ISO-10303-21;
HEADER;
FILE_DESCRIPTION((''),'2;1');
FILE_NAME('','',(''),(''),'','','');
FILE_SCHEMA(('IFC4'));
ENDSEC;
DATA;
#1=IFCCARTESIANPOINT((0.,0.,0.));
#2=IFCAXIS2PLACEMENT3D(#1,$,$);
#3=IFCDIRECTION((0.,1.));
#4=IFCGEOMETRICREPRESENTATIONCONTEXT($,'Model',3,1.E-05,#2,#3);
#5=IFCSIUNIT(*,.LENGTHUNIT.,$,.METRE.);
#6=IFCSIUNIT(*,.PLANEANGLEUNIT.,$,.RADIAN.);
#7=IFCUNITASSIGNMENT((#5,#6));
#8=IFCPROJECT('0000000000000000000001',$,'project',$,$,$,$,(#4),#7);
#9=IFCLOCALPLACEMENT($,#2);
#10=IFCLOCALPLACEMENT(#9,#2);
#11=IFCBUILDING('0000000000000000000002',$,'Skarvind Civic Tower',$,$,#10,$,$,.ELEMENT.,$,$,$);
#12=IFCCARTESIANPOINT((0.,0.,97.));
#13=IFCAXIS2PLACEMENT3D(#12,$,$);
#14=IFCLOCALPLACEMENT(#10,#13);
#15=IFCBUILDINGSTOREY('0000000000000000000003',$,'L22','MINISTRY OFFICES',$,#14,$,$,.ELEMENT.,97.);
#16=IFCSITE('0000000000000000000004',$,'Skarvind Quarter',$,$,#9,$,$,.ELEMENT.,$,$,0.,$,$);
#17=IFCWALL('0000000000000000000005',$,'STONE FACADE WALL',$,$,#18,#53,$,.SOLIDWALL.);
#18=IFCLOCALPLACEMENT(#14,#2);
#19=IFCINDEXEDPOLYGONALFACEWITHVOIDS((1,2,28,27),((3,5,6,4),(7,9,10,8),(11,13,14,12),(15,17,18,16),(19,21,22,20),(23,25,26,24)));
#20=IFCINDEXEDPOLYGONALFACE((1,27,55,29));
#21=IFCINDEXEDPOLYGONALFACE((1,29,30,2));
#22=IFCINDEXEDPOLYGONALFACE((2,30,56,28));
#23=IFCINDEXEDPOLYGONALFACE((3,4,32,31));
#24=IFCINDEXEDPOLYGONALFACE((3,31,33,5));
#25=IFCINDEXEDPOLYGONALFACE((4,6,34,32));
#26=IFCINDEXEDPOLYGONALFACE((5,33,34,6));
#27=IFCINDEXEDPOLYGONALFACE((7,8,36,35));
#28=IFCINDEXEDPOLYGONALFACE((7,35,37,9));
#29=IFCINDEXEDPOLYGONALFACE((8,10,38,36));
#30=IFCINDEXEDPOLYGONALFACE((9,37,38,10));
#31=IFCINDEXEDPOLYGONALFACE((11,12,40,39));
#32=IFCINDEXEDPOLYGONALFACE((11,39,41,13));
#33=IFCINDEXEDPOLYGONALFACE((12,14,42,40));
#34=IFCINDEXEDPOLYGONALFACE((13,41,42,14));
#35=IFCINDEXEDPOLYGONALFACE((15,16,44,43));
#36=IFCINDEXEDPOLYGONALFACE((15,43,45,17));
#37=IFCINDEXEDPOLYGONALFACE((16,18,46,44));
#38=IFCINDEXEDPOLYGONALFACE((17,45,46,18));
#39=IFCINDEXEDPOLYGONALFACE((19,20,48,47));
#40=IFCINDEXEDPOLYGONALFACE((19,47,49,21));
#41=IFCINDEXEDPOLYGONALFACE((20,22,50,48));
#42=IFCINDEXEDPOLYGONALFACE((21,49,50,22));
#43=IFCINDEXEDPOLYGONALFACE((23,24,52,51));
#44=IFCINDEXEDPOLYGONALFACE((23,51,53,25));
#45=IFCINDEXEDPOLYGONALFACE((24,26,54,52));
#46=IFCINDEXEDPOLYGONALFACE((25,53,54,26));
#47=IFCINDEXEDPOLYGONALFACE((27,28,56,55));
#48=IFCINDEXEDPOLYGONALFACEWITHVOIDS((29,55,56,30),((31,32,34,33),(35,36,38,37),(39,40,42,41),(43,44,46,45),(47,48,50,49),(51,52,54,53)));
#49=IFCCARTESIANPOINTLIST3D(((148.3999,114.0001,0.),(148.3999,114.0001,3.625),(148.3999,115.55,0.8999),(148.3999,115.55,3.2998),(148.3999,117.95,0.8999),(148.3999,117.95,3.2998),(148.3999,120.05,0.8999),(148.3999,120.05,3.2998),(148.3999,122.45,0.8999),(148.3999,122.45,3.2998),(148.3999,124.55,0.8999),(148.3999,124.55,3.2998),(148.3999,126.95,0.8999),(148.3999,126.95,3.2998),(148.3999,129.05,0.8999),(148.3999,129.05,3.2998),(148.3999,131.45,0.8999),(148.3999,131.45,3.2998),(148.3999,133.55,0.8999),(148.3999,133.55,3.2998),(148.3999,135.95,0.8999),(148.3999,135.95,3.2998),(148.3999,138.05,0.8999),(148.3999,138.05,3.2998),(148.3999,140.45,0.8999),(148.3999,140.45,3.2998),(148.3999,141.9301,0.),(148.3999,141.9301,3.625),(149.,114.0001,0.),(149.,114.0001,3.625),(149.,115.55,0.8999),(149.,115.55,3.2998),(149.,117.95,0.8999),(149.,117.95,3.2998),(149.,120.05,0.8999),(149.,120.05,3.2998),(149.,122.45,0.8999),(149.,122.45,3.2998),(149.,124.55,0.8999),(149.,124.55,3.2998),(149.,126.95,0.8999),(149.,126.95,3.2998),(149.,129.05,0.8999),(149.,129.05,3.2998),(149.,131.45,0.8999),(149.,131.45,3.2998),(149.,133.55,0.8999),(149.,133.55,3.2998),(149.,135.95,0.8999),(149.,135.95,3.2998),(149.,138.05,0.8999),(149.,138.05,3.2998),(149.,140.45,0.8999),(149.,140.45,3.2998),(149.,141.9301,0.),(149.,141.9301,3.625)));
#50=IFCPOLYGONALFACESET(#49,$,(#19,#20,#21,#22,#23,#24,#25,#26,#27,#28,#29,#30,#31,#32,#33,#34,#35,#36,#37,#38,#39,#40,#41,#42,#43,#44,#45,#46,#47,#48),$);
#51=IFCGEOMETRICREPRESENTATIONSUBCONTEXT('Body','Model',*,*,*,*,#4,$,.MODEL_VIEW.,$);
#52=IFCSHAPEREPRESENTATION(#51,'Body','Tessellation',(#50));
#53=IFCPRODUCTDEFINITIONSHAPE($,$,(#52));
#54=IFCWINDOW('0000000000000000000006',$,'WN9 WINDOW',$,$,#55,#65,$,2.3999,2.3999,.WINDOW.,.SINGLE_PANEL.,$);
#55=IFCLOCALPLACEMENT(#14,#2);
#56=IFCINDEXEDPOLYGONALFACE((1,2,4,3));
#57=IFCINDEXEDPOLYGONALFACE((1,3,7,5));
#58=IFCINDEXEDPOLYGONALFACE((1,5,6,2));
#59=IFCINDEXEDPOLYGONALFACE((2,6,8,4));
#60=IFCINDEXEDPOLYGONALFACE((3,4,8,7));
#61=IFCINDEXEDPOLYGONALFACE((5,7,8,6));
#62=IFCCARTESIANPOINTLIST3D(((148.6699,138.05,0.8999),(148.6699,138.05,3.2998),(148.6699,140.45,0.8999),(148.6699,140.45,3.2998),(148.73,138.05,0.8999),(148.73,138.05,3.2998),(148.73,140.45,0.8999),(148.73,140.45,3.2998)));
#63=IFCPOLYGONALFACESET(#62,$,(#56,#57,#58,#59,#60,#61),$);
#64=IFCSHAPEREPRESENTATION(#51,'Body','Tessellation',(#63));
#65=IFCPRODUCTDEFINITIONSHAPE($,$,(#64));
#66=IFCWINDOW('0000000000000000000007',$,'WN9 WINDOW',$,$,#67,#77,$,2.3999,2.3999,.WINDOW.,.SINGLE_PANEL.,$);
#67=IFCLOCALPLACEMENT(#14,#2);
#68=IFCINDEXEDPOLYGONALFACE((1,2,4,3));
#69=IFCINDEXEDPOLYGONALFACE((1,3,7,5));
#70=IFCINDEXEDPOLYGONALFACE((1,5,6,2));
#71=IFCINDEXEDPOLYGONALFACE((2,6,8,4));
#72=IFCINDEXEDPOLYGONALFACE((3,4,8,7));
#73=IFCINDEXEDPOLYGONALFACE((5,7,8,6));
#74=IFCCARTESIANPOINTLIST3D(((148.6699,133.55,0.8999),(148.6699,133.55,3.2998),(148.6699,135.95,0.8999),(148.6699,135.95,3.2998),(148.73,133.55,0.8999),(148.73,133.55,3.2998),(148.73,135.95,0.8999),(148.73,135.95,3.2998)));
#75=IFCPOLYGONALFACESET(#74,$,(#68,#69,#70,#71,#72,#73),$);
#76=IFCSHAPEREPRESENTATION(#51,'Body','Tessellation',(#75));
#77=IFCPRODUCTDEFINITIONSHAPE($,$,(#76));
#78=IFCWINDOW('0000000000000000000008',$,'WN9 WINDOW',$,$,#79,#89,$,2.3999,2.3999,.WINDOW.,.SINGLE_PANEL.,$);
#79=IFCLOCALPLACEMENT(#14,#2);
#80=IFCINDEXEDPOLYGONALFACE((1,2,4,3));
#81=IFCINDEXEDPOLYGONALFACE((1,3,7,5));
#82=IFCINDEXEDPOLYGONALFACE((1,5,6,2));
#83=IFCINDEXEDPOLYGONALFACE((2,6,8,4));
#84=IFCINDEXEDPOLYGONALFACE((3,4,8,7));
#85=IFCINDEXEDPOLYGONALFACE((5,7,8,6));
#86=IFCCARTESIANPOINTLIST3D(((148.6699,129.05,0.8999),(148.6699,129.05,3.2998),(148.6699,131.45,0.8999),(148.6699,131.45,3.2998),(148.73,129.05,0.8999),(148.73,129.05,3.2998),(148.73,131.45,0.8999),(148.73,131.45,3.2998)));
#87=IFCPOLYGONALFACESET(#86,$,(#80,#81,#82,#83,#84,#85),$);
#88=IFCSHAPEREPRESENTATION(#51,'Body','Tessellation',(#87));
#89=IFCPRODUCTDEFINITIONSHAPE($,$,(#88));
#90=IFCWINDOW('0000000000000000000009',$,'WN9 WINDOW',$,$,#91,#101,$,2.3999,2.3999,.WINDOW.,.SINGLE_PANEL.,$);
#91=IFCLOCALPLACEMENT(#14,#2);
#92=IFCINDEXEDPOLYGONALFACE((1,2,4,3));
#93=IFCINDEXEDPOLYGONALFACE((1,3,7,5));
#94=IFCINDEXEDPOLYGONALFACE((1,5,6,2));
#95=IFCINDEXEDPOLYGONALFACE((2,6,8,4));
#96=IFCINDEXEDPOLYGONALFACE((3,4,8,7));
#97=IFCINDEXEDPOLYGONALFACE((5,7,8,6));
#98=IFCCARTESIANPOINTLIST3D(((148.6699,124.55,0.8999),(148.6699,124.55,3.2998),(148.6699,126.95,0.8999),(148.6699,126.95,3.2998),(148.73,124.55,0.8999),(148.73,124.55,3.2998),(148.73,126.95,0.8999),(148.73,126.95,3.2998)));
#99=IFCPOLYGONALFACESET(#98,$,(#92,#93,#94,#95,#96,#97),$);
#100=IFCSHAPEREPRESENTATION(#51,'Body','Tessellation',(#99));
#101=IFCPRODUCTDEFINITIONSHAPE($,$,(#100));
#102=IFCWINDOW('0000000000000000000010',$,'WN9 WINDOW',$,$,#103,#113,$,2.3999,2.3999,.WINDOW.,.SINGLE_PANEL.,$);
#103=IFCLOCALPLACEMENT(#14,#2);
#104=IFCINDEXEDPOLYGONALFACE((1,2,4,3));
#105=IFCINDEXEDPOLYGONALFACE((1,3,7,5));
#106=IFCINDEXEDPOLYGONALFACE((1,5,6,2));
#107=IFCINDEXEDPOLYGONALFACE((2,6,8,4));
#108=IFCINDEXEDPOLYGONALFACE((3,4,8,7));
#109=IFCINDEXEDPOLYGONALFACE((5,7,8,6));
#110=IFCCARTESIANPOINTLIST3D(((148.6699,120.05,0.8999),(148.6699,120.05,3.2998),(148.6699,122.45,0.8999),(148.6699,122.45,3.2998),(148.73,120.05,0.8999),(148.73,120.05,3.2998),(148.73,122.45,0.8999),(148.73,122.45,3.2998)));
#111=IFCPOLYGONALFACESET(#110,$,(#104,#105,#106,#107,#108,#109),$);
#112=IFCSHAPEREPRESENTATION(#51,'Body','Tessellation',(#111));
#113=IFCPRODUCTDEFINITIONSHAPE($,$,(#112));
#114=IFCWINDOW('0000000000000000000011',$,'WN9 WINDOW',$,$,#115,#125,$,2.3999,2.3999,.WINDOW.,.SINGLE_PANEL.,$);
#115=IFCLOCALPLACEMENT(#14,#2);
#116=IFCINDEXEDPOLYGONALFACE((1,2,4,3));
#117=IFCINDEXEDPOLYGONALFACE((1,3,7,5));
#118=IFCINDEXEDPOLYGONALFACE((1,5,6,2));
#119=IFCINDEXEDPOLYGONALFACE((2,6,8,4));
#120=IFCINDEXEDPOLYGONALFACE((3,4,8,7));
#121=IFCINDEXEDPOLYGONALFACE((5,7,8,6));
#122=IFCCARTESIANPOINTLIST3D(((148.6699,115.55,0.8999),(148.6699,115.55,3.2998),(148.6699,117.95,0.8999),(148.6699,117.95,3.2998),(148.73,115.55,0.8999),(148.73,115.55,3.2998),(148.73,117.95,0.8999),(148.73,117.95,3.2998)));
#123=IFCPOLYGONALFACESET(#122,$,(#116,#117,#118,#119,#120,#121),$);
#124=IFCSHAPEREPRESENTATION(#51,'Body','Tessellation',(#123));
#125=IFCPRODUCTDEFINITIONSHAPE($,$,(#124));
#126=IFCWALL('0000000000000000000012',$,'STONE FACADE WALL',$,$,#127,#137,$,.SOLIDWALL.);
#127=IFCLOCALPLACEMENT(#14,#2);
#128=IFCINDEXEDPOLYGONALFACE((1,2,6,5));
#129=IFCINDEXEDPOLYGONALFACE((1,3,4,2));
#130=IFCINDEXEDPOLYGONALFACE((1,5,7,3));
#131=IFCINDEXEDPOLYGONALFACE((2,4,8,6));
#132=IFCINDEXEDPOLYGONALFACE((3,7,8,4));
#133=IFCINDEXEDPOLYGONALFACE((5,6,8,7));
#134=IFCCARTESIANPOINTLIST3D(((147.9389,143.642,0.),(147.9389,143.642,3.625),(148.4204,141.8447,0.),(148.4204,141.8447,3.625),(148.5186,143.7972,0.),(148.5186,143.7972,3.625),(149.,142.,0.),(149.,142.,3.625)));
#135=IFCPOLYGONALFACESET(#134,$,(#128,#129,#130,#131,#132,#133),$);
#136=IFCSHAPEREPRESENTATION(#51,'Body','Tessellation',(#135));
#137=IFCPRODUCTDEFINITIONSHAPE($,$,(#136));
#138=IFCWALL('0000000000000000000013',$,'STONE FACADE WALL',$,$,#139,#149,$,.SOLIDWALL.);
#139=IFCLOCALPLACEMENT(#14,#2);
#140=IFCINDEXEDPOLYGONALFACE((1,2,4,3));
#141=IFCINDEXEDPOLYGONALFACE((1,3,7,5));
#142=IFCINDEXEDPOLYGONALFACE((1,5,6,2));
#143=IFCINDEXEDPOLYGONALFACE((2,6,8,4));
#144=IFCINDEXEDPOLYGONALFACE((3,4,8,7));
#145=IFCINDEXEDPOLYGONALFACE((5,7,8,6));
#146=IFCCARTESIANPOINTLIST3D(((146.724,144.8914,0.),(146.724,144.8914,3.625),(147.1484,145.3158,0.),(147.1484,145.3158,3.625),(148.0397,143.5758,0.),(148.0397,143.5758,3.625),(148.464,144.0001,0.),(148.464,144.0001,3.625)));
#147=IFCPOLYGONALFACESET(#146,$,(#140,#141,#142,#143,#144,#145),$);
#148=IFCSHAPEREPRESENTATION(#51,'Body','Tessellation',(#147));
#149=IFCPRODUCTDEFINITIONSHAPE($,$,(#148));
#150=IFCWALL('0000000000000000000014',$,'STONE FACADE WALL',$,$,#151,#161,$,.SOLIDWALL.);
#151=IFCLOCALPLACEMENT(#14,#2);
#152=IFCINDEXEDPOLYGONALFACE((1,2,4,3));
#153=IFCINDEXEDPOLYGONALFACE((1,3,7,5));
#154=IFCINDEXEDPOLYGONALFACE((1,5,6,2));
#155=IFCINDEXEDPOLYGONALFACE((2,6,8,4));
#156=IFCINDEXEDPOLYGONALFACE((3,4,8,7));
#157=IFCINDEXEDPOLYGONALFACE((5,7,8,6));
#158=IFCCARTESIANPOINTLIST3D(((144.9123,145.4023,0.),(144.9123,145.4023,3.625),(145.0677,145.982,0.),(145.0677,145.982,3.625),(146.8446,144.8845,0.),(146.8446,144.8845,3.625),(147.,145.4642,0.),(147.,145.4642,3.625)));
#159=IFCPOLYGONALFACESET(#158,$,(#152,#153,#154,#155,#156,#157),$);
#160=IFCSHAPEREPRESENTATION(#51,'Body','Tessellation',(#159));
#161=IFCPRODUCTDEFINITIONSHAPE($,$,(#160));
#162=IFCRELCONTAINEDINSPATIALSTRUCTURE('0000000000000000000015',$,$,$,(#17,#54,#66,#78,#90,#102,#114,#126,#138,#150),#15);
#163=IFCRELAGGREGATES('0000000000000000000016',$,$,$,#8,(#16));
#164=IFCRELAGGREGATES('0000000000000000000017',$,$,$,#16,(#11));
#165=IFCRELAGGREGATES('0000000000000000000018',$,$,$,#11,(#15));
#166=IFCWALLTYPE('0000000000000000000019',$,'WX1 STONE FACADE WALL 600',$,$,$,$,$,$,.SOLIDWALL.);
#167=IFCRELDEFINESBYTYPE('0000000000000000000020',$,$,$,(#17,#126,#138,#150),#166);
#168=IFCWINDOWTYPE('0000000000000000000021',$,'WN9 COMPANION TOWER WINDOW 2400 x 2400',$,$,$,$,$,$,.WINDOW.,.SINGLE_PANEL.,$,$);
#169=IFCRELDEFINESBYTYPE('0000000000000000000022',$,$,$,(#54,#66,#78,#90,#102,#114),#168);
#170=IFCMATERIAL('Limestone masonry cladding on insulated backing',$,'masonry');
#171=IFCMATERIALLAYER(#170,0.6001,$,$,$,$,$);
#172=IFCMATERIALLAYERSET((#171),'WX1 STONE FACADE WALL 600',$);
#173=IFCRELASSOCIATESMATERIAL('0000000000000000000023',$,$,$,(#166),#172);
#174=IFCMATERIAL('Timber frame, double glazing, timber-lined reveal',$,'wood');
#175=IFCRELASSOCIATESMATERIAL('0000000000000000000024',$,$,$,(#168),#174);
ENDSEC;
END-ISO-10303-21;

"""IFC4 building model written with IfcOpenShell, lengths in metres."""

from ifc_helpers import new_model, si_unit, direction, frame, frame_2d, origin, place, context, subcontext, project, spatial, rectangle, extrude, material, layer, layer_set, type_object, element, fill, save


model = new_model("IFC4")

# Units and contexts
model_context = context("Model", 3, precision=1e-05, world=origin(), true_north=direction((0.0, 1.0)))
body_context = subcontext(model_context, "Body", "Model", "MODEL_VIEW")
ifc_project = project(units=[si_unit("LENGTHUNIT", "METRE"), si_unit("PLANEANGLEUNIT", "RADIAN")], contexts=[model_context])

# Site, building, storey
site_placement = place(None, origin())
site = spatial("IfcSite", under=ifc_project, at=site_placement, Name="Skarvind Quarter", CompositionType="ELEMENT", RefElevation=0.0)
building_placement = place(site_placement, origin())
building = spatial("IfcBuilding", under=site, at=building_placement, Name="Skarvind Civic Tower", CompositionType="ELEMENT")
storey_placement = place(building_placement, frame((0.0, 0.0, 97.0)))
storey = spatial("IfcBuildingStorey", under=building, at=storey_placement, Name="L22", Description="MINISTRY OFFICES", CompositionType="ELEMENT", Elevation=97.0)

# Wall, openings, windows
ifc_material_1 = material(Name="Limestone masonry cladding on insulated backing", Category="masonry")
ifc_layer_1 = layer(ifc_material_1, 0.6001)
ifc_layer_set_1 = layer_set([ifc_layer_1], Name="WX1 STONE FACADE WALL 600")
wall_type_1 = type_object("IfcWallType", Name="WX1 STONE FACADE WALL 600", PredefinedType="SOLIDWALL", material=ifc_layer_set_1)
wall_1_placement = place(storey_placement, frame((148.7, 141.9299, 0.0), z_axis=(0.0, 0.0, 1.0), x_axis=(0.0, -1.0, 0.0)))
wall_1 = element("IfcWall", 1, at=wall_1_placement, inside=storey, type_object=wall_type_1, Name="STONE FACADE WALL", PredefinedType="SOLIDWALL", context=body_context, shape_type="SweptSolid", body=[
    extrude(rectangle(XDim=27.9299, YDim=0.6001, at=frame_2d((13.9648, 0.0))), origin(), (0.0, 0.0, 1.0), 3.625),
])
opening_1_placement = place(wall_1_placement, frame((1.48, 0.0, 0.8999)))
opening_1 = element("IfcOpeningElement", 2, at=opening_1_placement, cuts=wall_1, PredefinedType="OPENING", context=body_context, shape_type="SweptSolid", body=[
    extrude(rectangle(XDim=2.3999, YDim=2.3999, at=frame_2d((1.2, 1.2))), frame((0.0, 0.3101, 0.0), z_axis=(0.0, -1.0, 0.0), x_axis=(1.0, 0.0, 0.0)), (0.0, 0.0, 1.0), 0.6201),
])
opening_2_placement = place(wall_1_placement, frame((5.98, 0.0, 0.8999)))
opening_2 = element("IfcOpeningElement", 3, at=opening_2_placement, cuts=wall_1, PredefinedType="OPENING", context=body_context, shape_type="SweptSolid", body=[
    extrude(rectangle(XDim=2.3999, YDim=2.3999, at=frame_2d((1.2, 1.2))), frame((0.0, 0.3101, 0.0), z_axis=(0.0, -1.0, 0.0), x_axis=(1.0, 0.0, 0.0)), (0.0, 0.0, 1.0), 0.6201),
])
opening_3_placement = place(wall_1_placement, frame((10.48, 0.0, 0.8999)))
opening_3 = element("IfcOpeningElement", 4, at=opening_3_placement, cuts=wall_1, PredefinedType="OPENING", context=body_context, shape_type="SweptSolid", body=[
    extrude(rectangle(XDim=2.3999, YDim=2.3999, at=frame_2d((1.2, 1.2))), frame((0.0, 0.3101, 0.0), z_axis=(0.0, -1.0, 0.0), x_axis=(1.0, 0.0, 0.0)), (0.0, 0.0, 1.0), 0.6201),
])
opening_4_placement = place(wall_1_placement, frame((14.98, 0.0, 0.8999)))
opening_4 = element("IfcOpeningElement", 5, at=opening_4_placement, cuts=wall_1, PredefinedType="OPENING", context=body_context, shape_type="SweptSolid", body=[
    extrude(rectangle(XDim=2.3999, YDim=2.3999, at=frame_2d((1.2, 1.2))), frame((0.0, 0.3101, 0.0), z_axis=(0.0, -1.0, 0.0), x_axis=(1.0, 0.0, 0.0)), (0.0, 0.0, 1.0), 0.6201),
])
opening_5_placement = place(wall_1_placement, frame((19.48, 0.0, 0.8999)))
opening_5 = element("IfcOpeningElement", 6, at=opening_5_placement, cuts=wall_1, PredefinedType="OPENING", context=body_context, shape_type="SweptSolid", body=[
    extrude(rectangle(XDim=2.3999, YDim=2.3999, at=frame_2d((1.2, 1.2))), frame((0.0, 0.3101, 0.0), z_axis=(0.0, -1.0, 0.0), x_axis=(1.0, 0.0, 0.0)), (0.0, 0.0, 1.0), 0.6201),
])
opening_6_placement = place(wall_1_placement, frame((23.98, 0.0, 0.8999)))
opening_6 = element("IfcOpeningElement", 7, at=opening_6_placement, cuts=wall_1, PredefinedType="OPENING", context=body_context, shape_type="SweptSolid", body=[
    extrude(rectangle(XDim=2.3999, YDim=2.3999, at=frame_2d((1.2, 1.2))), frame((0.0, 0.3101, 0.0), z_axis=(0.0, -1.0, 0.0), x_axis=(1.0, 0.0, 0.0)), (0.0, 0.0, 1.0), 0.6201),
])
ifc_material_2 = material(Name="Timber frame, double glazing, timber-lined reveal", Category="wood")
window_type = type_object("IfcWindowType", Name="WN9 COMPANION TOWER WINDOW 2400 x 2400", PartitioningType="SINGLE_PANEL", PredefinedType="WINDOW", material=ifc_material_2)
window_1_placement = place(opening_1_placement, origin())
window_1 = element("IfcWindow", 8, at=window_1_placement, inside=storey, type_object=window_type, Name="WN9 WINDOW", OverallHeight=2.3999, OverallWidth=2.3999, PartitioningType="SINGLE_PANEL", PredefinedType="WINDOW", context=body_context, shape_type="SweptSolid", body=[
    extrude(rectangle(XDim=2.3999, YDim=2.3999, at=frame_2d((1.2, 1.2))), frame((0.0, 0.03, 0.0), z_axis=(0.0, -1.0, 0.0), x_axis=(1.0, 0.0, 0.0)), (0.0, 0.0, 1.0), 0.0601),
])
fill(opening_1, window_1)
window_2_placement = place(opening_2_placement, origin())
window_2 = element("IfcWindow", 9, at=window_2_placement, inside=storey, type_object=window_type, Name="WN9 WINDOW", OverallHeight=2.3999, OverallWidth=2.3999, PartitioningType="SINGLE_PANEL", PredefinedType="WINDOW", context=body_context, shape_type="SweptSolid", body=[
    extrude(rectangle(XDim=2.3999, YDim=2.3999, at=frame_2d((1.2, 1.2))), frame((0.0, 0.03, 0.0), z_axis=(0.0, -1.0, 0.0), x_axis=(1.0, 0.0, 0.0)), (0.0, 0.0, 1.0), 0.0601),
])
fill(opening_2, window_2)
window_3_placement = place(opening_3_placement, origin())
window_3 = element("IfcWindow", 10, at=window_3_placement, inside=storey, type_object=window_type, Name="WN9 WINDOW", OverallHeight=2.3999, OverallWidth=2.3999, PartitioningType="SINGLE_PANEL", PredefinedType="WINDOW", context=body_context, shape_type="SweptSolid", body=[
    extrude(rectangle(XDim=2.3999, YDim=2.3999, at=frame_2d((1.2, 1.2))), frame((0.0, 0.03, 0.0), z_axis=(0.0, -1.0, 0.0), x_axis=(1.0, 0.0, 0.0)), (0.0, 0.0, 1.0), 0.0601),
])
fill(opening_3, window_3)
window_4_placement = place(opening_4_placement, origin())
window_4 = element("IfcWindow", 11, at=window_4_placement, inside=storey, type_object=window_type, Name="WN9 WINDOW", OverallHeight=2.3999, OverallWidth=2.3999, PartitioningType="SINGLE_PANEL", PredefinedType="WINDOW", context=body_context, shape_type="SweptSolid", body=[
    extrude(rectangle(XDim=2.3999, YDim=2.3999, at=frame_2d((1.2, 1.2))), frame((0.0, 0.03, 0.0), z_axis=(0.0, -1.0, 0.0), x_axis=(1.0, 0.0, 0.0)), (0.0, 0.0, 1.0), 0.0601),
])
fill(opening_4, window_4)
window_5_placement = place(opening_5_placement, origin())
window_5 = element("IfcWindow", 12, at=window_5_placement, inside=storey, type_object=window_type, Name="WN9 WINDOW", OverallHeight=2.3999, OverallWidth=2.3999, PartitioningType="SINGLE_PANEL", PredefinedType="WINDOW", context=body_context, shape_type="SweptSolid", body=[
    extrude(rectangle(XDim=2.3999, YDim=2.3999, at=frame_2d((1.2, 1.2))), frame((0.0, 0.03, 0.0), z_axis=(0.0, -1.0, 0.0), x_axis=(1.0, 0.0, 0.0)), (0.0, 0.0, 1.0), 0.0601),
])
fill(opening_5, window_5)
window_6_placement = place(opening_6_placement, origin())
window_6 = element("IfcWindow", 13, at=window_6_placement, inside=storey, type_object=window_type, Name="WN9 WINDOW", OverallHeight=2.3999, OverallWidth=2.3999, PartitioningType="SINGLE_PANEL", PredefinedType="WINDOW", context=body_context, shape_type="SweptSolid", body=[
    extrude(rectangle(XDim=2.3999, YDim=2.3999, at=frame_2d((1.2, 1.2))), frame((0.0, 0.03, 0.0), z_axis=(0.0, -1.0, 0.0), x_axis=(1.0, 0.0, 0.0)), (0.0, 0.0, 1.0), 0.0601),
])
fill(opening_6, window_6)

# Walls
for number, where, z_axis, x_axis, name in (
    (14, (148.2288, 143.7195, 0.0), (0.0, 0.0, 1.0), (0.258773, -0.965938, 0.0), "STONE FACADE WALL"),
    (15, (146.9363, 145.1035, 0.0), (0.0, 0.0, 1.0), (0.707107, -0.707107, 0.0), "STONE FACADE WALL"),
):
    element("IfcWall", number, at=place(storey_placement, frame(where, z_axis=z_axis, x_axis=x_axis)), inside=storey, type_object=wall_type_1, Name=name, PredefinedType="SOLIDWALL", context=body_context, shape_type="SweptSolid", body=[
        extrude(rectangle(XDim=1.8606, YDim=0.6001, at=frame_2d((0.9302, 0.0))), origin(), (0.0, 0.0, 1.0), 3.625),
    ])
wall_2_placement = place(storey_placement, frame((144.99, 145.6921, 0.0), z_axis=(0.0, 0.0, 1.0), x_axis=(0.96592, -0.25884, 0.0)))
element("IfcWall", 16, at=wall_2_placement, inside=storey, type_object=wall_type_1, Name="STONE FACADE WALL", PredefinedType="SOLIDWALL", context=body_context, shape_type="SweptSolid", body=[
    extrude(rectangle(XDim=2.0005, YDim=0.6001, at=frame_2d((1.0002, 0.0))), origin(), (0.0, 0.0, 1.0), 3.625),
])

save(model, "model.ifc")
